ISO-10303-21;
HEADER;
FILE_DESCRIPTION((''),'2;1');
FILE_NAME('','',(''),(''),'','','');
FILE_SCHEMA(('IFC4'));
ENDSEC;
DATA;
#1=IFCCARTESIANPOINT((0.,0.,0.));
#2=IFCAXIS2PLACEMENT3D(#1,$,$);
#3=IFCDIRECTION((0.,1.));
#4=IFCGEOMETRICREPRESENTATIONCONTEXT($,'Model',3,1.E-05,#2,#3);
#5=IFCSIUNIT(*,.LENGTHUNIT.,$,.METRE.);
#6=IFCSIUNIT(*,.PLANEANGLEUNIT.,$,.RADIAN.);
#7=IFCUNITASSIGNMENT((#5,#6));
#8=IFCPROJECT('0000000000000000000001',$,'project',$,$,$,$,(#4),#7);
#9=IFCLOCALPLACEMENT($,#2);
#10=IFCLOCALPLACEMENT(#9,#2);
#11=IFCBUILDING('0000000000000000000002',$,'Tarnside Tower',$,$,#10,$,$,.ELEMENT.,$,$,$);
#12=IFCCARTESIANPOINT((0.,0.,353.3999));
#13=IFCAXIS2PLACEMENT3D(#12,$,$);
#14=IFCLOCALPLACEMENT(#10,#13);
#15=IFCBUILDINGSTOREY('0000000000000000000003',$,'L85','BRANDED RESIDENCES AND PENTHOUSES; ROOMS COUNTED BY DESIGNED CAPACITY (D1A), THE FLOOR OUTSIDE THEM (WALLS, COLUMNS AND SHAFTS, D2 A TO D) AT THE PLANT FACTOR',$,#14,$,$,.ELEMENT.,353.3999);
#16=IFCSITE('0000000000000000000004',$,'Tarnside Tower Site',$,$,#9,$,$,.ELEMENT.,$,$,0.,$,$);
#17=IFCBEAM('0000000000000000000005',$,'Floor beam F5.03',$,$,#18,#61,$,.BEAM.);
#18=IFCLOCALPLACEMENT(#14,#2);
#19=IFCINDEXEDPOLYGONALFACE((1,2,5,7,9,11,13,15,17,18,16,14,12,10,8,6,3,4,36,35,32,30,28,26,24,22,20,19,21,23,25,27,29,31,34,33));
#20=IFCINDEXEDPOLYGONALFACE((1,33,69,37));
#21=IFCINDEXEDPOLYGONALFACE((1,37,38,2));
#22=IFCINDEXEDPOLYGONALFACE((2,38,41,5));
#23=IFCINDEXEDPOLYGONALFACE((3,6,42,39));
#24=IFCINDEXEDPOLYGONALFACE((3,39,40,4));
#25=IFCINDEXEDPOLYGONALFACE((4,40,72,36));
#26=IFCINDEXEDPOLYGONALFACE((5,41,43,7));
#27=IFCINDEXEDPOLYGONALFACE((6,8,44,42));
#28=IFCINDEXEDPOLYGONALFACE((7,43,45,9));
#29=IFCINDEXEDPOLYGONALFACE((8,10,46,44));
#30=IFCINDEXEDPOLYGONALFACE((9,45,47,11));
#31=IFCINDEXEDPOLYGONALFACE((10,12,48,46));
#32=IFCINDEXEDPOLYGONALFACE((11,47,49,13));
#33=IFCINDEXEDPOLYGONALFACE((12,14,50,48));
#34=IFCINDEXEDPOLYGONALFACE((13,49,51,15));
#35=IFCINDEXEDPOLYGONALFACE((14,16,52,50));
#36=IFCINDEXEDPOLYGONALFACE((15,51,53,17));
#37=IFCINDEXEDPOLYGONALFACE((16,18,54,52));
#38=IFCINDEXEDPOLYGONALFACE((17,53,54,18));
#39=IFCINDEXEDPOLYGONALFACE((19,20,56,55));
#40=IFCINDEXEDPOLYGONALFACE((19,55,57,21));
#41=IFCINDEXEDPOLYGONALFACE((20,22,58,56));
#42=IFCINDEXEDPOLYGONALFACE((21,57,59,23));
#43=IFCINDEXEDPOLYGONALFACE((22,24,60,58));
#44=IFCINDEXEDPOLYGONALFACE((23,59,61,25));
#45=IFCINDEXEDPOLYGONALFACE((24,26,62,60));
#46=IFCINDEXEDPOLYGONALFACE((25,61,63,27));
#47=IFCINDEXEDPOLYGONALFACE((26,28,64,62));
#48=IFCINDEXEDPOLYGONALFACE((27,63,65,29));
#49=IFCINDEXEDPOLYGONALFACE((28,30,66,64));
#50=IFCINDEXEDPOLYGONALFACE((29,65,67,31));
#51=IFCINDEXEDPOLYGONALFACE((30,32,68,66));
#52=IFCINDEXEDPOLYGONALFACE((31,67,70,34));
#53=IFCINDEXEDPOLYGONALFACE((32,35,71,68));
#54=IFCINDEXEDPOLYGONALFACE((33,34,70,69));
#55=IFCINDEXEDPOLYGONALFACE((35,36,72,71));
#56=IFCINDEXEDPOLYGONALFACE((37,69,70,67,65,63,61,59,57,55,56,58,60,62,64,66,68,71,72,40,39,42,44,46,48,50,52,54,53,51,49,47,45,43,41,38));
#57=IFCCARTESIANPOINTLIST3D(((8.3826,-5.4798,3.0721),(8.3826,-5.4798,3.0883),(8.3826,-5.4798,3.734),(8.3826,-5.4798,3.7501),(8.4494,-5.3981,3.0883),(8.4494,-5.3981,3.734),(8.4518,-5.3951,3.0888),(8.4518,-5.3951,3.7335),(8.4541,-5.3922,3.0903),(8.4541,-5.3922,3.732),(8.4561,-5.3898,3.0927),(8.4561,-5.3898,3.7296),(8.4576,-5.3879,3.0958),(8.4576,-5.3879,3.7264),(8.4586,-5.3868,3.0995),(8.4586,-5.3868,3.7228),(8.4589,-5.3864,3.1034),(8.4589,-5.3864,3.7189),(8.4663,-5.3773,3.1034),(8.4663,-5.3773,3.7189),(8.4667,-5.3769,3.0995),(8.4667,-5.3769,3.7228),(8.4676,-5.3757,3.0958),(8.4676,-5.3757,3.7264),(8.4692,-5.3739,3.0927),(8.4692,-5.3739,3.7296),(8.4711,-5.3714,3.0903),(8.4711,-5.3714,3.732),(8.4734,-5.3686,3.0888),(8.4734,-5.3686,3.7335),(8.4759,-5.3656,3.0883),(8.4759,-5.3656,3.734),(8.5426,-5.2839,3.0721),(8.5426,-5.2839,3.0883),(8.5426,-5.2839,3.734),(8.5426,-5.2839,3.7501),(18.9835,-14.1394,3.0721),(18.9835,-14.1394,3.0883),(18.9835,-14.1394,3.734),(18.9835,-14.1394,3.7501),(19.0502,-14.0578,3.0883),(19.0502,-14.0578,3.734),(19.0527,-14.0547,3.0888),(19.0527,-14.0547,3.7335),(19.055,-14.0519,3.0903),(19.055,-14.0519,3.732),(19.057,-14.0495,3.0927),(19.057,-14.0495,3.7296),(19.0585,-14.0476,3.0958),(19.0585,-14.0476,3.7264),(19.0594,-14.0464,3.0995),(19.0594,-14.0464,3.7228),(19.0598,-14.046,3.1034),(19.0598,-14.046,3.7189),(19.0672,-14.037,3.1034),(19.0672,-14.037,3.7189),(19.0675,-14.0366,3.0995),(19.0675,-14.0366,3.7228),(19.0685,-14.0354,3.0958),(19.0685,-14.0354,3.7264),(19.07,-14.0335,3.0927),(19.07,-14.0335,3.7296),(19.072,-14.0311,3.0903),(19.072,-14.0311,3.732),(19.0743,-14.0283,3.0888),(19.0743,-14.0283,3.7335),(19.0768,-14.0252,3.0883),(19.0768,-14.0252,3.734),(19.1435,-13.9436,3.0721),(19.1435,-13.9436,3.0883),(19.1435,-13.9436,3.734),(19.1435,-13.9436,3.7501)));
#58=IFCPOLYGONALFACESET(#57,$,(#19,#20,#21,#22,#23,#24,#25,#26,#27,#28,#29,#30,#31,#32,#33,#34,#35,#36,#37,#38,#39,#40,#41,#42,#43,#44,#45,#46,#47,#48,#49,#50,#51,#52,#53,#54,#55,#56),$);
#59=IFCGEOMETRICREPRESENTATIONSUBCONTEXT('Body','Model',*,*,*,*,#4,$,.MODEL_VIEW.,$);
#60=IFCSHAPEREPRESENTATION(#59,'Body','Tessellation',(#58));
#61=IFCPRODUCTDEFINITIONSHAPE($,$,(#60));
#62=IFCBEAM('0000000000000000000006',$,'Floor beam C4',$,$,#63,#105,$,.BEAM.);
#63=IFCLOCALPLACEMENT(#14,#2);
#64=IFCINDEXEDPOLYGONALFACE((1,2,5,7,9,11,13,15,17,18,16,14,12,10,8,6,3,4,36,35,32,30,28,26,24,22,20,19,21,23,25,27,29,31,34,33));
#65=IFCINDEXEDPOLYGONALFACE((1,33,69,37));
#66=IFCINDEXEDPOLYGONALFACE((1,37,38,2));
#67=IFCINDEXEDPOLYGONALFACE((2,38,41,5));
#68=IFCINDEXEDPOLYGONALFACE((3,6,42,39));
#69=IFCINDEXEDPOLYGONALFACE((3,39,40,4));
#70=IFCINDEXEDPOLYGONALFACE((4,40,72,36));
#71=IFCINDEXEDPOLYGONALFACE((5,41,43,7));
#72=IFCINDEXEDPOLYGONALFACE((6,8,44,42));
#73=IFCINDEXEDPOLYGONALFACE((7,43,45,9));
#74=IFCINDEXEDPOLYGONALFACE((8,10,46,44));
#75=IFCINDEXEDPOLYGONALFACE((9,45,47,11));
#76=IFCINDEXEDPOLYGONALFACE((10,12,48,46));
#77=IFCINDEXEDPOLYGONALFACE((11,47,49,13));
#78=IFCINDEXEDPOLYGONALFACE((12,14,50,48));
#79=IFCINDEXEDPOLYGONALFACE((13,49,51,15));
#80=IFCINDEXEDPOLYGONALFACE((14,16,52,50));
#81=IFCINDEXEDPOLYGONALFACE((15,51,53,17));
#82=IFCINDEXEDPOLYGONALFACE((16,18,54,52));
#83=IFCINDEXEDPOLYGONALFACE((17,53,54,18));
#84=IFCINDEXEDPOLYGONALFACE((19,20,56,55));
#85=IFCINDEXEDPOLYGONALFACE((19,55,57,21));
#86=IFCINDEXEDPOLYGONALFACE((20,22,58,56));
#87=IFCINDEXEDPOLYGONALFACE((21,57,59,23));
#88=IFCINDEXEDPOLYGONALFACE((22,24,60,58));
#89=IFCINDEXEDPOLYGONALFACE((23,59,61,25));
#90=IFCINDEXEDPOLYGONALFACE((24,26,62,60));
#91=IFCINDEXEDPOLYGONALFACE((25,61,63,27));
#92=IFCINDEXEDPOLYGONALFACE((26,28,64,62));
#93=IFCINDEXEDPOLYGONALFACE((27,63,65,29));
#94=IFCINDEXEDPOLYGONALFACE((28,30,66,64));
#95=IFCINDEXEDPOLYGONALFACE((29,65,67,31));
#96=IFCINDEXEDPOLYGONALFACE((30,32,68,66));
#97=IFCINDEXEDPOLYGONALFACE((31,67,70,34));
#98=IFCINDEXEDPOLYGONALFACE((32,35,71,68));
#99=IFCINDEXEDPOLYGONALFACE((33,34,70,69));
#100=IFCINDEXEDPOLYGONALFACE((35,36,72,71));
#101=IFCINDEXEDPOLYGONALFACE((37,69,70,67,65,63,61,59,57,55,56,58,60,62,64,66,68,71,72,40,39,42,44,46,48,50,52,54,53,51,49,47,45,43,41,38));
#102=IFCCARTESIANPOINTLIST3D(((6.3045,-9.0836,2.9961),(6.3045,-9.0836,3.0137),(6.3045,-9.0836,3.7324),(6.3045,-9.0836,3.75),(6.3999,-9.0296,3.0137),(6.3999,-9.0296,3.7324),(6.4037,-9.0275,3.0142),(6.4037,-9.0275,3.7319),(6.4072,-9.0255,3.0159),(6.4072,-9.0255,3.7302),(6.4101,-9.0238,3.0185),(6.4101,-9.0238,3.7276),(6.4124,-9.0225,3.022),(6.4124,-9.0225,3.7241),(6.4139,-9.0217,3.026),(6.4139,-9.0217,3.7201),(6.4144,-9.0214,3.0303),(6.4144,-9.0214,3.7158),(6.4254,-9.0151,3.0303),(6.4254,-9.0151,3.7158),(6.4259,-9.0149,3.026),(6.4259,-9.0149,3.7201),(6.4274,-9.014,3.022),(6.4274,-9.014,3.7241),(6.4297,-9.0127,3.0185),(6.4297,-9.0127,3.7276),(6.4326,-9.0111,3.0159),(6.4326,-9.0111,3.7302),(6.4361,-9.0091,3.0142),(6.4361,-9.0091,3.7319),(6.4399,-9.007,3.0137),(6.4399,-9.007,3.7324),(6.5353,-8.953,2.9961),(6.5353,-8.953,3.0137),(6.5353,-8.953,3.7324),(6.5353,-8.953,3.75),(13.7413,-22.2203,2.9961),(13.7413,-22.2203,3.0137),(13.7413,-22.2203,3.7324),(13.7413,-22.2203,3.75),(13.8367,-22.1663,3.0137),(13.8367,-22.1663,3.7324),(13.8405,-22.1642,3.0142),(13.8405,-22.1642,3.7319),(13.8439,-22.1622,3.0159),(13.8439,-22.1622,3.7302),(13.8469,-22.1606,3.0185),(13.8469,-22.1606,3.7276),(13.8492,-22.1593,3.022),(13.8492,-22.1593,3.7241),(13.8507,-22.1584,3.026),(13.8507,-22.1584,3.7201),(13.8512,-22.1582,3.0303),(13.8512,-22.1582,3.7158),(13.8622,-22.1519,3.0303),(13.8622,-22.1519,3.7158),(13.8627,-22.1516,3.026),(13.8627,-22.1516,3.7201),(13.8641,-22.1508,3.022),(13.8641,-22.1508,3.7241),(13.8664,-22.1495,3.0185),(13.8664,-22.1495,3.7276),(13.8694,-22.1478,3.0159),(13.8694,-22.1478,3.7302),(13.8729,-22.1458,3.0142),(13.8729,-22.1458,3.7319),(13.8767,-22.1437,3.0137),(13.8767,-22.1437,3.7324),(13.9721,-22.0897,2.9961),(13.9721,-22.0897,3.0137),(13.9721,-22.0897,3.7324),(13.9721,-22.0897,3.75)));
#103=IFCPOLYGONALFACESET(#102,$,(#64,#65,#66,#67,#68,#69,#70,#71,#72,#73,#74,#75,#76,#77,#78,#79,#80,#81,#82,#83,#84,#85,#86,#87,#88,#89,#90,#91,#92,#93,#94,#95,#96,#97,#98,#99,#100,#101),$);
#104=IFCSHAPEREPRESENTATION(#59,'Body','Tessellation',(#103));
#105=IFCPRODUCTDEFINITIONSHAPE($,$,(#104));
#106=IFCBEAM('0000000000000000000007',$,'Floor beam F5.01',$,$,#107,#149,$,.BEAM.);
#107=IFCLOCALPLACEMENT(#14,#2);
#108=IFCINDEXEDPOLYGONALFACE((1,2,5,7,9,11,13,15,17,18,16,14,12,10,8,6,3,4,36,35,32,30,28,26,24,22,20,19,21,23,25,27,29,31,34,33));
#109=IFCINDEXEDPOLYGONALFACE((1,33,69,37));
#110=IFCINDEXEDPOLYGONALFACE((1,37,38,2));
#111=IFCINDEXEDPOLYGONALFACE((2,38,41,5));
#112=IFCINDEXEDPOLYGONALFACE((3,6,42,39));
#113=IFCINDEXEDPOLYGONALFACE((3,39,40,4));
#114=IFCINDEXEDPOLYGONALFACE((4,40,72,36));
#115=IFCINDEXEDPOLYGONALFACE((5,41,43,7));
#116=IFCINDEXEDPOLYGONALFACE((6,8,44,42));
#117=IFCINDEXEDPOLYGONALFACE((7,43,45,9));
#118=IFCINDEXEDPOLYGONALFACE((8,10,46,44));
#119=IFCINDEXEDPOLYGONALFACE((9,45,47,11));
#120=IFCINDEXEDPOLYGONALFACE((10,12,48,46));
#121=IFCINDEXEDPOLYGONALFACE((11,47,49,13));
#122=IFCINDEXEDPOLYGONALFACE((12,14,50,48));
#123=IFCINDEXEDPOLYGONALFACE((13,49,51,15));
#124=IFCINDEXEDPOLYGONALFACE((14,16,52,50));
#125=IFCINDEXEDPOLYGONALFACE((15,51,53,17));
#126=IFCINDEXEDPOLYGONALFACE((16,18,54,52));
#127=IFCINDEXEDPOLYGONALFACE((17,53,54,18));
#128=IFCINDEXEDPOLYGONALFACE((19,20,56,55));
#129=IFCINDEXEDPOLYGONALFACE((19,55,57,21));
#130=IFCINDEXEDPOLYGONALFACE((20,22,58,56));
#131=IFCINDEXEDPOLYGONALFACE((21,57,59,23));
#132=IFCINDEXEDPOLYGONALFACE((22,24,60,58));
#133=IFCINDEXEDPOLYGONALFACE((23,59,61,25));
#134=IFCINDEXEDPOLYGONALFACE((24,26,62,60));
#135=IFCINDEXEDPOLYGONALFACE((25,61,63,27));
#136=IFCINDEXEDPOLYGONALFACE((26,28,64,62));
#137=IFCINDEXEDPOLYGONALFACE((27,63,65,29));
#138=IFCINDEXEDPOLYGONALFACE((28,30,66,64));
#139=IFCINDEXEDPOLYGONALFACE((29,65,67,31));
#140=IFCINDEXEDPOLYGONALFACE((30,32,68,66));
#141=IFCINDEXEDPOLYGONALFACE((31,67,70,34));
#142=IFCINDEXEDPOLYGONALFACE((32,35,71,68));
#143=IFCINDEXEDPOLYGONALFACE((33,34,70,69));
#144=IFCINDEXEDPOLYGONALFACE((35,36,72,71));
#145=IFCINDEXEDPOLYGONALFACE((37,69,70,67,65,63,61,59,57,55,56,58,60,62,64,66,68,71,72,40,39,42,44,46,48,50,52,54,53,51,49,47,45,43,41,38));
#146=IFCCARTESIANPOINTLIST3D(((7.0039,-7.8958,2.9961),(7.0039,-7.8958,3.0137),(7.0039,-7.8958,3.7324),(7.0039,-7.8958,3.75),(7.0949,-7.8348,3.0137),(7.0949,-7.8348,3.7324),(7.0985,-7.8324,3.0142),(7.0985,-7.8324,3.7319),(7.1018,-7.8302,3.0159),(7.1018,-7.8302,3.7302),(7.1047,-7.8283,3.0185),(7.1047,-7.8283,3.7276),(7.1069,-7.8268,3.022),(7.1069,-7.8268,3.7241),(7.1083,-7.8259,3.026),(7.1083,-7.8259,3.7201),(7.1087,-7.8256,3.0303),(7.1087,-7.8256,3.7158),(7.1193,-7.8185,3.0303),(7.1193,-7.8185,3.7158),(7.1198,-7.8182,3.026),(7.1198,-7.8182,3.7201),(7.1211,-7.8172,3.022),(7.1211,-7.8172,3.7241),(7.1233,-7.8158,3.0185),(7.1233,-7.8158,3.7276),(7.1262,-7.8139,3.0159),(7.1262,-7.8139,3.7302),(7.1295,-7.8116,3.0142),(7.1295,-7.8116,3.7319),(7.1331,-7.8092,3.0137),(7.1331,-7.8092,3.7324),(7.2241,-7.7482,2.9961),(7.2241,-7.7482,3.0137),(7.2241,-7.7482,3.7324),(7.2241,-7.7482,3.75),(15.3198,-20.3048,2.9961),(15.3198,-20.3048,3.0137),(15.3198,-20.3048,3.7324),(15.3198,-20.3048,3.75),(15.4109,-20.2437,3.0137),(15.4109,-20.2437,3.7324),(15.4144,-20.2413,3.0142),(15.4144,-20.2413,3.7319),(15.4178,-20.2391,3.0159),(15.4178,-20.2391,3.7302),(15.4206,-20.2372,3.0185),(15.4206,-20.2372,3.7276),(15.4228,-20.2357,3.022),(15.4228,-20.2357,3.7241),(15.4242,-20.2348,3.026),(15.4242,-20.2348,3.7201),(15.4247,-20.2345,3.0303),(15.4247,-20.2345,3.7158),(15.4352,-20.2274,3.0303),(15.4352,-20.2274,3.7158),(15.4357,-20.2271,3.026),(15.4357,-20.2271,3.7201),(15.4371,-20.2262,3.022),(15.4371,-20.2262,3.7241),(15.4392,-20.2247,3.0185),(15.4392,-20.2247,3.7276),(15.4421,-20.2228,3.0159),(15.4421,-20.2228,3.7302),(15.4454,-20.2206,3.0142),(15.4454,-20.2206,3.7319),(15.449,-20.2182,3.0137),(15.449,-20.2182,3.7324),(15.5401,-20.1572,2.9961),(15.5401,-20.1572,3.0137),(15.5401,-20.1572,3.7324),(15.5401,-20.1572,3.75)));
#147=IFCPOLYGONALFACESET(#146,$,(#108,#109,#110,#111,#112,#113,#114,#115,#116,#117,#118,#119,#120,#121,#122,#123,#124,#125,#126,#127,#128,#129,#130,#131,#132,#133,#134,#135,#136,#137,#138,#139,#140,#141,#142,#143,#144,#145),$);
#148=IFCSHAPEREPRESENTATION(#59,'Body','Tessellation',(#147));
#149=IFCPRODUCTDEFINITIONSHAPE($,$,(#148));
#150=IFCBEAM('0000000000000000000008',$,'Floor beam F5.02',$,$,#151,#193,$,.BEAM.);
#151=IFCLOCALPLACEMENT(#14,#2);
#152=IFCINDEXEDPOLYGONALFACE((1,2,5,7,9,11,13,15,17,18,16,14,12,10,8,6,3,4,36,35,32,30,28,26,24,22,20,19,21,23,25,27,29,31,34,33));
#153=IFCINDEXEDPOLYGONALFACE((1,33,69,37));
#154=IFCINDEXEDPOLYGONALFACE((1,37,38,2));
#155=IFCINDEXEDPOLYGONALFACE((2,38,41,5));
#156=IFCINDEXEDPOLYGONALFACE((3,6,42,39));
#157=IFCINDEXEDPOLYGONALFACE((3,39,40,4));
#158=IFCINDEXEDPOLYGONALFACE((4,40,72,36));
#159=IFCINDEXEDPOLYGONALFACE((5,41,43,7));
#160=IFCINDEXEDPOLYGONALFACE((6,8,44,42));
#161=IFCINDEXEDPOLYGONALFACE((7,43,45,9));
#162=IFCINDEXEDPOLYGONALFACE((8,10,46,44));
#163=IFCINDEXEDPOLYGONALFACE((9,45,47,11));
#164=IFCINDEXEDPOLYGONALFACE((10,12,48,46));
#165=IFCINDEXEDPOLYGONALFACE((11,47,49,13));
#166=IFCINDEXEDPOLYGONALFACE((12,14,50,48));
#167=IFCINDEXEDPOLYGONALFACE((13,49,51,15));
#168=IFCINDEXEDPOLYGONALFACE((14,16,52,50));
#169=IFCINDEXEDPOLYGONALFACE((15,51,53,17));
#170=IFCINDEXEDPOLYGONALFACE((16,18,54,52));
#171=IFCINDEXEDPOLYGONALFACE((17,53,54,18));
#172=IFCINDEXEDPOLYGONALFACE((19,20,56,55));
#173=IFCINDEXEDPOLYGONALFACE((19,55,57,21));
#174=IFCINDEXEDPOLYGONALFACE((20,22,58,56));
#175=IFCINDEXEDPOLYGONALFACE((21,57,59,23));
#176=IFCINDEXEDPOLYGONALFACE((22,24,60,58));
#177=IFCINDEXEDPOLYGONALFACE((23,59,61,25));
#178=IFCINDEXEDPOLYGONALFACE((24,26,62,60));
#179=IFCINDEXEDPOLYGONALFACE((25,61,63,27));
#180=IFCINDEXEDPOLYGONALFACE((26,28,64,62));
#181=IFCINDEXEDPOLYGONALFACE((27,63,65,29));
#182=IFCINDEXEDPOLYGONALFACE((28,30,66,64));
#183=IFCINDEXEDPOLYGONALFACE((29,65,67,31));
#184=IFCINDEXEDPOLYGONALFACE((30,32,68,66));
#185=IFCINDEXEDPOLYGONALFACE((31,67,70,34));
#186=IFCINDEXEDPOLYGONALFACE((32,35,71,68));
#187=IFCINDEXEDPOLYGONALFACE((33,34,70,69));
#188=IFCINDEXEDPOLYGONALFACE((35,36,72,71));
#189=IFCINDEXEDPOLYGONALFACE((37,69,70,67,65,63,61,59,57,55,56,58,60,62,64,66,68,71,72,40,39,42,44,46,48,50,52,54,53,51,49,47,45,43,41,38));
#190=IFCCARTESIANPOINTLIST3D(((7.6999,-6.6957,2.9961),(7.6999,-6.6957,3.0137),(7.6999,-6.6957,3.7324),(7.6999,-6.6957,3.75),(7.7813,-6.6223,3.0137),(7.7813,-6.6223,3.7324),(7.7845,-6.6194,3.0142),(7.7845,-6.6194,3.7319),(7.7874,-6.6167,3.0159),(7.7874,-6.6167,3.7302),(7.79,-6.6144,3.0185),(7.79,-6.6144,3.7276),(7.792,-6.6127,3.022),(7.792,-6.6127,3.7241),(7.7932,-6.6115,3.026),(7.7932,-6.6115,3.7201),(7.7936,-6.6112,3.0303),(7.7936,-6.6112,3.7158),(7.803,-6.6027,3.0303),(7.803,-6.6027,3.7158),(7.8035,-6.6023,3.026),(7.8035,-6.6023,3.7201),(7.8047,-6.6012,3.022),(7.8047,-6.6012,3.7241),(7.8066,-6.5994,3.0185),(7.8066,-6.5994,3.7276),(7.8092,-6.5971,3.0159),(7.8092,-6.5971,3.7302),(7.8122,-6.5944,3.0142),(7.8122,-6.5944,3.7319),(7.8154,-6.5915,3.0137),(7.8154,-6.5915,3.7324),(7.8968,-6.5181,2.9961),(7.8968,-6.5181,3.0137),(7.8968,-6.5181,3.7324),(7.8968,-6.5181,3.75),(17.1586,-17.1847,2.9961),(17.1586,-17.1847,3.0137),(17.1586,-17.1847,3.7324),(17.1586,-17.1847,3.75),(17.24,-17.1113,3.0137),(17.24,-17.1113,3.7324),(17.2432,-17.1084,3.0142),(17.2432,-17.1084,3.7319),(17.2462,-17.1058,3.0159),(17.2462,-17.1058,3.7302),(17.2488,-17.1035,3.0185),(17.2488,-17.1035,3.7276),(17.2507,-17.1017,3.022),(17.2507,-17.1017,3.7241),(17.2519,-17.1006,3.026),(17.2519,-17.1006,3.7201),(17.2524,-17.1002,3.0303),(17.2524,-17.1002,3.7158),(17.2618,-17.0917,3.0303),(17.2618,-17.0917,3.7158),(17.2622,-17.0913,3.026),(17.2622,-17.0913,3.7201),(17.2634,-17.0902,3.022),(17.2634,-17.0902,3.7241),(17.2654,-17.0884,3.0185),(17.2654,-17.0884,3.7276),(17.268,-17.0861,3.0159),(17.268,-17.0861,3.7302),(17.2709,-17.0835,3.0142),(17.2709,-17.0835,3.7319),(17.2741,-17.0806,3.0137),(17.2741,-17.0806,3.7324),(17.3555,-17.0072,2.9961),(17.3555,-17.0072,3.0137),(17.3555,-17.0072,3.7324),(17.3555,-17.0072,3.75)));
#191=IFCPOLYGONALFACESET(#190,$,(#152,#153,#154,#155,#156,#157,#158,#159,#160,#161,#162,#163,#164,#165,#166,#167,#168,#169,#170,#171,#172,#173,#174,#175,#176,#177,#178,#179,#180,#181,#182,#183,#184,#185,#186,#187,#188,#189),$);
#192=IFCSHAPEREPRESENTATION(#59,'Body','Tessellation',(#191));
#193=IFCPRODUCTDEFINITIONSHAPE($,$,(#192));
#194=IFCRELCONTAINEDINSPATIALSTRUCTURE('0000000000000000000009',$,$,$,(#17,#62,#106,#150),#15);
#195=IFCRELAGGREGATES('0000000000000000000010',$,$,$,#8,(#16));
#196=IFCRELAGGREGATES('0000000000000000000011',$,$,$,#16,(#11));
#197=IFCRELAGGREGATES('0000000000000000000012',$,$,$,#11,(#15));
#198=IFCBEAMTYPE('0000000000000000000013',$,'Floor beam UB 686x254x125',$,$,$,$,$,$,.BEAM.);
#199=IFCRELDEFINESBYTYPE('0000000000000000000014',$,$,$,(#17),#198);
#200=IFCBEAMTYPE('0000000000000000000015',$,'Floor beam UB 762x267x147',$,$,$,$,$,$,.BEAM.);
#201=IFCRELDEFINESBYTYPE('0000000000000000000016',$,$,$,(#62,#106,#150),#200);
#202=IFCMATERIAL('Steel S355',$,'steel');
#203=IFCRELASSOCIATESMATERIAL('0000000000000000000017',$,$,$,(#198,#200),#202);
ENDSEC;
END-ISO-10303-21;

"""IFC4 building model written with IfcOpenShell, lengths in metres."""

from ifc_helpers import new_model, si_unit, direction, frame, origin, origin_2d, place, context, subcontext, project, spatial, i_section, extrude, material, material_profile, profile_set, type_object, element, save


model = new_model("IFC4")

# Units and contexts
model_context = context("Model", 3, precision=1e-05, world=origin(), true_north=direction((0.0, 1.0)))
body_context = subcontext(model_context, "Body", "Model", "MODEL_VIEW")
ifc_project = project(units=[si_unit("LENGTHUNIT", "METRE"), si_unit("PLANEANGLEUNIT", "RADIAN")], contexts=[model_context])

# Site, building, storey
site_placement = place(None, origin())
site = spatial("IfcSite", under=ifc_project, at=site_placement, Name="Tarnside Tower Site", CompositionType="ELEMENT", RefElevation=0.0)
building_placement = place(site_placement, origin())
building = spatial("IfcBuilding", under=site, at=building_placement, Name="Tarnside Tower", CompositionType="ELEMENT")
storey_placement = place(building_placement, frame((0.0, 0.0, 353.3999)))
storey = spatial("IfcBuildingStorey", under=building, at=storey_placement, Name="L85", Description="BRANDED RESIDENCES AND PENTHOUSES; ROOMS COUNTED BY DESIGNED CAPACITY (D1A), THE FLOOR OUTSIDE THEM (WALLS, COLUMNS AND SHAFTS, D2 A TO D) AT THE PLANT FACTOR", CompositionType="ELEMENT", Elevation=353.3999)

# Beams
ifc_material_1 = material(Name="Steel S355", Category="steel")
ifc_material_profile_1 = material_profile(ifc_material_1, i_section(OverallWidth=0.2529, OverallDepth=0.678, WebThickness=0.0117, FlangeThickness=0.0161, FilletRadius=0.0151, at=origin_2d()), Name="UB 686x254x125")
ifc_profile_set_1 = profile_set([ifc_material_profile_1], Name="Steel S355")
beam_type_1 = type_object("IfcBeamType", Name="Floor beam UB 686x254x125", PredefinedType="BEAM", material=ifc_profile_set_1)
beam_1_placement = place(storey_placement, frame((19.0635, -14.0415, 3.4111), z_axis=(-0.774449, 0.632636, 0.0), x_axis=(-0.632636, -0.774449, 0.0)))
element("IfcBeam", 1, at=beam_1_placement, inside=storey, type_object=beam_type_1, Name="Floor beam F5.03", PredefinedType="BEAM", context=body_context, shape_type="SweptSolid", body=[
    extrude(i_section(OverallWidth=0.2529, OverallDepth=0.678, WebThickness=0.0117, FlangeThickness=0.0161, FilletRadius=0.0151, at=origin_2d()), origin(), (0.0, 0.0, 1.0), 13.6882),
])
ifc_material_profile_2 = material_profile(ifc_material_1, i_section(OverallWidth=0.2651, OverallDepth=0.7539, WebThickness=0.0127, FlangeThickness=0.0176, FilletRadius=0.0166, at=origin_2d()), Name="UB 762x267x147")
ifc_profile_set_2 = profile_set([ifc_material_profile_2], Name="Steel S355")
beam_type_2 = type_object("IfcBeamType", Name="Floor beam UB 762x267x147", PredefinedType="BEAM", material=ifc_profile_set_2)
beam_2_placement = place(storey_placement, frame((13.8567, -22.155, 3.373), z_axis=(-0.492643, 0.870232, 0.0), x_axis=(-0.870232, -0.492643, 0.0)))
element("IfcBeam", 2, at=beam_2_placement, inside=storey, type_object=beam_type_2, Name="Floor beam C4", PredefinedType="BEAM", context=body_context, shape_type="SweptSolid", body=[
    extrude(i_section(OverallWidth=0.2651, OverallDepth=0.7539, WebThickness=0.0127, FlangeThickness=0.0176, FilletRadius=0.0166, at=origin_2d()), origin(), (0.0, 0.0, 1.0), 15.0957),
])
beam_3_placement = place(storey_placement, frame((15.4299, -20.231, 3.373), z_axis=(-0.556705, 0.83071, 0.0), x_axis=(-0.83071, -0.556705, 0.0)))
element("IfcBeam", 3, at=beam_3_placement, inside=storey, type_object=beam_type_2, Name="Floor beam F5.01", PredefinedType="BEAM", context=body_context, shape_type="SweptSolid", body=[
    extrude(i_section(OverallWidth=0.2651, OverallDepth=0.7539, WebThickness=0.0127, FlangeThickness=0.0176, FilletRadius=0.0166, at=origin_2d()), origin(), (0.0, 0.0, 1.0), 14.9377),
])
beam_4_placement = place(storey_placement, frame((17.2571, -17.0959, 3.373), z_axis=(-0.669693, 0.742638, 0.0), x_axis=(-0.742638, -0.669693, 0.0)))
element("IfcBeam", 4, at=beam_4_placement, inside=storey, type_object=beam_type_2, Name="Floor beam F5.02", PredefinedType="BEAM", context=body_context, shape_type="SweptSolid", body=[
    extrude(i_section(OverallWidth=0.2651, OverallDepth=0.7539, WebThickness=0.0127, FlangeThickness=0.0176, FilletRadius=0.0166, at=origin_2d()), origin(), (0.0, 0.0, 1.0), 14.124),
])

save(model, "model.ifc")
